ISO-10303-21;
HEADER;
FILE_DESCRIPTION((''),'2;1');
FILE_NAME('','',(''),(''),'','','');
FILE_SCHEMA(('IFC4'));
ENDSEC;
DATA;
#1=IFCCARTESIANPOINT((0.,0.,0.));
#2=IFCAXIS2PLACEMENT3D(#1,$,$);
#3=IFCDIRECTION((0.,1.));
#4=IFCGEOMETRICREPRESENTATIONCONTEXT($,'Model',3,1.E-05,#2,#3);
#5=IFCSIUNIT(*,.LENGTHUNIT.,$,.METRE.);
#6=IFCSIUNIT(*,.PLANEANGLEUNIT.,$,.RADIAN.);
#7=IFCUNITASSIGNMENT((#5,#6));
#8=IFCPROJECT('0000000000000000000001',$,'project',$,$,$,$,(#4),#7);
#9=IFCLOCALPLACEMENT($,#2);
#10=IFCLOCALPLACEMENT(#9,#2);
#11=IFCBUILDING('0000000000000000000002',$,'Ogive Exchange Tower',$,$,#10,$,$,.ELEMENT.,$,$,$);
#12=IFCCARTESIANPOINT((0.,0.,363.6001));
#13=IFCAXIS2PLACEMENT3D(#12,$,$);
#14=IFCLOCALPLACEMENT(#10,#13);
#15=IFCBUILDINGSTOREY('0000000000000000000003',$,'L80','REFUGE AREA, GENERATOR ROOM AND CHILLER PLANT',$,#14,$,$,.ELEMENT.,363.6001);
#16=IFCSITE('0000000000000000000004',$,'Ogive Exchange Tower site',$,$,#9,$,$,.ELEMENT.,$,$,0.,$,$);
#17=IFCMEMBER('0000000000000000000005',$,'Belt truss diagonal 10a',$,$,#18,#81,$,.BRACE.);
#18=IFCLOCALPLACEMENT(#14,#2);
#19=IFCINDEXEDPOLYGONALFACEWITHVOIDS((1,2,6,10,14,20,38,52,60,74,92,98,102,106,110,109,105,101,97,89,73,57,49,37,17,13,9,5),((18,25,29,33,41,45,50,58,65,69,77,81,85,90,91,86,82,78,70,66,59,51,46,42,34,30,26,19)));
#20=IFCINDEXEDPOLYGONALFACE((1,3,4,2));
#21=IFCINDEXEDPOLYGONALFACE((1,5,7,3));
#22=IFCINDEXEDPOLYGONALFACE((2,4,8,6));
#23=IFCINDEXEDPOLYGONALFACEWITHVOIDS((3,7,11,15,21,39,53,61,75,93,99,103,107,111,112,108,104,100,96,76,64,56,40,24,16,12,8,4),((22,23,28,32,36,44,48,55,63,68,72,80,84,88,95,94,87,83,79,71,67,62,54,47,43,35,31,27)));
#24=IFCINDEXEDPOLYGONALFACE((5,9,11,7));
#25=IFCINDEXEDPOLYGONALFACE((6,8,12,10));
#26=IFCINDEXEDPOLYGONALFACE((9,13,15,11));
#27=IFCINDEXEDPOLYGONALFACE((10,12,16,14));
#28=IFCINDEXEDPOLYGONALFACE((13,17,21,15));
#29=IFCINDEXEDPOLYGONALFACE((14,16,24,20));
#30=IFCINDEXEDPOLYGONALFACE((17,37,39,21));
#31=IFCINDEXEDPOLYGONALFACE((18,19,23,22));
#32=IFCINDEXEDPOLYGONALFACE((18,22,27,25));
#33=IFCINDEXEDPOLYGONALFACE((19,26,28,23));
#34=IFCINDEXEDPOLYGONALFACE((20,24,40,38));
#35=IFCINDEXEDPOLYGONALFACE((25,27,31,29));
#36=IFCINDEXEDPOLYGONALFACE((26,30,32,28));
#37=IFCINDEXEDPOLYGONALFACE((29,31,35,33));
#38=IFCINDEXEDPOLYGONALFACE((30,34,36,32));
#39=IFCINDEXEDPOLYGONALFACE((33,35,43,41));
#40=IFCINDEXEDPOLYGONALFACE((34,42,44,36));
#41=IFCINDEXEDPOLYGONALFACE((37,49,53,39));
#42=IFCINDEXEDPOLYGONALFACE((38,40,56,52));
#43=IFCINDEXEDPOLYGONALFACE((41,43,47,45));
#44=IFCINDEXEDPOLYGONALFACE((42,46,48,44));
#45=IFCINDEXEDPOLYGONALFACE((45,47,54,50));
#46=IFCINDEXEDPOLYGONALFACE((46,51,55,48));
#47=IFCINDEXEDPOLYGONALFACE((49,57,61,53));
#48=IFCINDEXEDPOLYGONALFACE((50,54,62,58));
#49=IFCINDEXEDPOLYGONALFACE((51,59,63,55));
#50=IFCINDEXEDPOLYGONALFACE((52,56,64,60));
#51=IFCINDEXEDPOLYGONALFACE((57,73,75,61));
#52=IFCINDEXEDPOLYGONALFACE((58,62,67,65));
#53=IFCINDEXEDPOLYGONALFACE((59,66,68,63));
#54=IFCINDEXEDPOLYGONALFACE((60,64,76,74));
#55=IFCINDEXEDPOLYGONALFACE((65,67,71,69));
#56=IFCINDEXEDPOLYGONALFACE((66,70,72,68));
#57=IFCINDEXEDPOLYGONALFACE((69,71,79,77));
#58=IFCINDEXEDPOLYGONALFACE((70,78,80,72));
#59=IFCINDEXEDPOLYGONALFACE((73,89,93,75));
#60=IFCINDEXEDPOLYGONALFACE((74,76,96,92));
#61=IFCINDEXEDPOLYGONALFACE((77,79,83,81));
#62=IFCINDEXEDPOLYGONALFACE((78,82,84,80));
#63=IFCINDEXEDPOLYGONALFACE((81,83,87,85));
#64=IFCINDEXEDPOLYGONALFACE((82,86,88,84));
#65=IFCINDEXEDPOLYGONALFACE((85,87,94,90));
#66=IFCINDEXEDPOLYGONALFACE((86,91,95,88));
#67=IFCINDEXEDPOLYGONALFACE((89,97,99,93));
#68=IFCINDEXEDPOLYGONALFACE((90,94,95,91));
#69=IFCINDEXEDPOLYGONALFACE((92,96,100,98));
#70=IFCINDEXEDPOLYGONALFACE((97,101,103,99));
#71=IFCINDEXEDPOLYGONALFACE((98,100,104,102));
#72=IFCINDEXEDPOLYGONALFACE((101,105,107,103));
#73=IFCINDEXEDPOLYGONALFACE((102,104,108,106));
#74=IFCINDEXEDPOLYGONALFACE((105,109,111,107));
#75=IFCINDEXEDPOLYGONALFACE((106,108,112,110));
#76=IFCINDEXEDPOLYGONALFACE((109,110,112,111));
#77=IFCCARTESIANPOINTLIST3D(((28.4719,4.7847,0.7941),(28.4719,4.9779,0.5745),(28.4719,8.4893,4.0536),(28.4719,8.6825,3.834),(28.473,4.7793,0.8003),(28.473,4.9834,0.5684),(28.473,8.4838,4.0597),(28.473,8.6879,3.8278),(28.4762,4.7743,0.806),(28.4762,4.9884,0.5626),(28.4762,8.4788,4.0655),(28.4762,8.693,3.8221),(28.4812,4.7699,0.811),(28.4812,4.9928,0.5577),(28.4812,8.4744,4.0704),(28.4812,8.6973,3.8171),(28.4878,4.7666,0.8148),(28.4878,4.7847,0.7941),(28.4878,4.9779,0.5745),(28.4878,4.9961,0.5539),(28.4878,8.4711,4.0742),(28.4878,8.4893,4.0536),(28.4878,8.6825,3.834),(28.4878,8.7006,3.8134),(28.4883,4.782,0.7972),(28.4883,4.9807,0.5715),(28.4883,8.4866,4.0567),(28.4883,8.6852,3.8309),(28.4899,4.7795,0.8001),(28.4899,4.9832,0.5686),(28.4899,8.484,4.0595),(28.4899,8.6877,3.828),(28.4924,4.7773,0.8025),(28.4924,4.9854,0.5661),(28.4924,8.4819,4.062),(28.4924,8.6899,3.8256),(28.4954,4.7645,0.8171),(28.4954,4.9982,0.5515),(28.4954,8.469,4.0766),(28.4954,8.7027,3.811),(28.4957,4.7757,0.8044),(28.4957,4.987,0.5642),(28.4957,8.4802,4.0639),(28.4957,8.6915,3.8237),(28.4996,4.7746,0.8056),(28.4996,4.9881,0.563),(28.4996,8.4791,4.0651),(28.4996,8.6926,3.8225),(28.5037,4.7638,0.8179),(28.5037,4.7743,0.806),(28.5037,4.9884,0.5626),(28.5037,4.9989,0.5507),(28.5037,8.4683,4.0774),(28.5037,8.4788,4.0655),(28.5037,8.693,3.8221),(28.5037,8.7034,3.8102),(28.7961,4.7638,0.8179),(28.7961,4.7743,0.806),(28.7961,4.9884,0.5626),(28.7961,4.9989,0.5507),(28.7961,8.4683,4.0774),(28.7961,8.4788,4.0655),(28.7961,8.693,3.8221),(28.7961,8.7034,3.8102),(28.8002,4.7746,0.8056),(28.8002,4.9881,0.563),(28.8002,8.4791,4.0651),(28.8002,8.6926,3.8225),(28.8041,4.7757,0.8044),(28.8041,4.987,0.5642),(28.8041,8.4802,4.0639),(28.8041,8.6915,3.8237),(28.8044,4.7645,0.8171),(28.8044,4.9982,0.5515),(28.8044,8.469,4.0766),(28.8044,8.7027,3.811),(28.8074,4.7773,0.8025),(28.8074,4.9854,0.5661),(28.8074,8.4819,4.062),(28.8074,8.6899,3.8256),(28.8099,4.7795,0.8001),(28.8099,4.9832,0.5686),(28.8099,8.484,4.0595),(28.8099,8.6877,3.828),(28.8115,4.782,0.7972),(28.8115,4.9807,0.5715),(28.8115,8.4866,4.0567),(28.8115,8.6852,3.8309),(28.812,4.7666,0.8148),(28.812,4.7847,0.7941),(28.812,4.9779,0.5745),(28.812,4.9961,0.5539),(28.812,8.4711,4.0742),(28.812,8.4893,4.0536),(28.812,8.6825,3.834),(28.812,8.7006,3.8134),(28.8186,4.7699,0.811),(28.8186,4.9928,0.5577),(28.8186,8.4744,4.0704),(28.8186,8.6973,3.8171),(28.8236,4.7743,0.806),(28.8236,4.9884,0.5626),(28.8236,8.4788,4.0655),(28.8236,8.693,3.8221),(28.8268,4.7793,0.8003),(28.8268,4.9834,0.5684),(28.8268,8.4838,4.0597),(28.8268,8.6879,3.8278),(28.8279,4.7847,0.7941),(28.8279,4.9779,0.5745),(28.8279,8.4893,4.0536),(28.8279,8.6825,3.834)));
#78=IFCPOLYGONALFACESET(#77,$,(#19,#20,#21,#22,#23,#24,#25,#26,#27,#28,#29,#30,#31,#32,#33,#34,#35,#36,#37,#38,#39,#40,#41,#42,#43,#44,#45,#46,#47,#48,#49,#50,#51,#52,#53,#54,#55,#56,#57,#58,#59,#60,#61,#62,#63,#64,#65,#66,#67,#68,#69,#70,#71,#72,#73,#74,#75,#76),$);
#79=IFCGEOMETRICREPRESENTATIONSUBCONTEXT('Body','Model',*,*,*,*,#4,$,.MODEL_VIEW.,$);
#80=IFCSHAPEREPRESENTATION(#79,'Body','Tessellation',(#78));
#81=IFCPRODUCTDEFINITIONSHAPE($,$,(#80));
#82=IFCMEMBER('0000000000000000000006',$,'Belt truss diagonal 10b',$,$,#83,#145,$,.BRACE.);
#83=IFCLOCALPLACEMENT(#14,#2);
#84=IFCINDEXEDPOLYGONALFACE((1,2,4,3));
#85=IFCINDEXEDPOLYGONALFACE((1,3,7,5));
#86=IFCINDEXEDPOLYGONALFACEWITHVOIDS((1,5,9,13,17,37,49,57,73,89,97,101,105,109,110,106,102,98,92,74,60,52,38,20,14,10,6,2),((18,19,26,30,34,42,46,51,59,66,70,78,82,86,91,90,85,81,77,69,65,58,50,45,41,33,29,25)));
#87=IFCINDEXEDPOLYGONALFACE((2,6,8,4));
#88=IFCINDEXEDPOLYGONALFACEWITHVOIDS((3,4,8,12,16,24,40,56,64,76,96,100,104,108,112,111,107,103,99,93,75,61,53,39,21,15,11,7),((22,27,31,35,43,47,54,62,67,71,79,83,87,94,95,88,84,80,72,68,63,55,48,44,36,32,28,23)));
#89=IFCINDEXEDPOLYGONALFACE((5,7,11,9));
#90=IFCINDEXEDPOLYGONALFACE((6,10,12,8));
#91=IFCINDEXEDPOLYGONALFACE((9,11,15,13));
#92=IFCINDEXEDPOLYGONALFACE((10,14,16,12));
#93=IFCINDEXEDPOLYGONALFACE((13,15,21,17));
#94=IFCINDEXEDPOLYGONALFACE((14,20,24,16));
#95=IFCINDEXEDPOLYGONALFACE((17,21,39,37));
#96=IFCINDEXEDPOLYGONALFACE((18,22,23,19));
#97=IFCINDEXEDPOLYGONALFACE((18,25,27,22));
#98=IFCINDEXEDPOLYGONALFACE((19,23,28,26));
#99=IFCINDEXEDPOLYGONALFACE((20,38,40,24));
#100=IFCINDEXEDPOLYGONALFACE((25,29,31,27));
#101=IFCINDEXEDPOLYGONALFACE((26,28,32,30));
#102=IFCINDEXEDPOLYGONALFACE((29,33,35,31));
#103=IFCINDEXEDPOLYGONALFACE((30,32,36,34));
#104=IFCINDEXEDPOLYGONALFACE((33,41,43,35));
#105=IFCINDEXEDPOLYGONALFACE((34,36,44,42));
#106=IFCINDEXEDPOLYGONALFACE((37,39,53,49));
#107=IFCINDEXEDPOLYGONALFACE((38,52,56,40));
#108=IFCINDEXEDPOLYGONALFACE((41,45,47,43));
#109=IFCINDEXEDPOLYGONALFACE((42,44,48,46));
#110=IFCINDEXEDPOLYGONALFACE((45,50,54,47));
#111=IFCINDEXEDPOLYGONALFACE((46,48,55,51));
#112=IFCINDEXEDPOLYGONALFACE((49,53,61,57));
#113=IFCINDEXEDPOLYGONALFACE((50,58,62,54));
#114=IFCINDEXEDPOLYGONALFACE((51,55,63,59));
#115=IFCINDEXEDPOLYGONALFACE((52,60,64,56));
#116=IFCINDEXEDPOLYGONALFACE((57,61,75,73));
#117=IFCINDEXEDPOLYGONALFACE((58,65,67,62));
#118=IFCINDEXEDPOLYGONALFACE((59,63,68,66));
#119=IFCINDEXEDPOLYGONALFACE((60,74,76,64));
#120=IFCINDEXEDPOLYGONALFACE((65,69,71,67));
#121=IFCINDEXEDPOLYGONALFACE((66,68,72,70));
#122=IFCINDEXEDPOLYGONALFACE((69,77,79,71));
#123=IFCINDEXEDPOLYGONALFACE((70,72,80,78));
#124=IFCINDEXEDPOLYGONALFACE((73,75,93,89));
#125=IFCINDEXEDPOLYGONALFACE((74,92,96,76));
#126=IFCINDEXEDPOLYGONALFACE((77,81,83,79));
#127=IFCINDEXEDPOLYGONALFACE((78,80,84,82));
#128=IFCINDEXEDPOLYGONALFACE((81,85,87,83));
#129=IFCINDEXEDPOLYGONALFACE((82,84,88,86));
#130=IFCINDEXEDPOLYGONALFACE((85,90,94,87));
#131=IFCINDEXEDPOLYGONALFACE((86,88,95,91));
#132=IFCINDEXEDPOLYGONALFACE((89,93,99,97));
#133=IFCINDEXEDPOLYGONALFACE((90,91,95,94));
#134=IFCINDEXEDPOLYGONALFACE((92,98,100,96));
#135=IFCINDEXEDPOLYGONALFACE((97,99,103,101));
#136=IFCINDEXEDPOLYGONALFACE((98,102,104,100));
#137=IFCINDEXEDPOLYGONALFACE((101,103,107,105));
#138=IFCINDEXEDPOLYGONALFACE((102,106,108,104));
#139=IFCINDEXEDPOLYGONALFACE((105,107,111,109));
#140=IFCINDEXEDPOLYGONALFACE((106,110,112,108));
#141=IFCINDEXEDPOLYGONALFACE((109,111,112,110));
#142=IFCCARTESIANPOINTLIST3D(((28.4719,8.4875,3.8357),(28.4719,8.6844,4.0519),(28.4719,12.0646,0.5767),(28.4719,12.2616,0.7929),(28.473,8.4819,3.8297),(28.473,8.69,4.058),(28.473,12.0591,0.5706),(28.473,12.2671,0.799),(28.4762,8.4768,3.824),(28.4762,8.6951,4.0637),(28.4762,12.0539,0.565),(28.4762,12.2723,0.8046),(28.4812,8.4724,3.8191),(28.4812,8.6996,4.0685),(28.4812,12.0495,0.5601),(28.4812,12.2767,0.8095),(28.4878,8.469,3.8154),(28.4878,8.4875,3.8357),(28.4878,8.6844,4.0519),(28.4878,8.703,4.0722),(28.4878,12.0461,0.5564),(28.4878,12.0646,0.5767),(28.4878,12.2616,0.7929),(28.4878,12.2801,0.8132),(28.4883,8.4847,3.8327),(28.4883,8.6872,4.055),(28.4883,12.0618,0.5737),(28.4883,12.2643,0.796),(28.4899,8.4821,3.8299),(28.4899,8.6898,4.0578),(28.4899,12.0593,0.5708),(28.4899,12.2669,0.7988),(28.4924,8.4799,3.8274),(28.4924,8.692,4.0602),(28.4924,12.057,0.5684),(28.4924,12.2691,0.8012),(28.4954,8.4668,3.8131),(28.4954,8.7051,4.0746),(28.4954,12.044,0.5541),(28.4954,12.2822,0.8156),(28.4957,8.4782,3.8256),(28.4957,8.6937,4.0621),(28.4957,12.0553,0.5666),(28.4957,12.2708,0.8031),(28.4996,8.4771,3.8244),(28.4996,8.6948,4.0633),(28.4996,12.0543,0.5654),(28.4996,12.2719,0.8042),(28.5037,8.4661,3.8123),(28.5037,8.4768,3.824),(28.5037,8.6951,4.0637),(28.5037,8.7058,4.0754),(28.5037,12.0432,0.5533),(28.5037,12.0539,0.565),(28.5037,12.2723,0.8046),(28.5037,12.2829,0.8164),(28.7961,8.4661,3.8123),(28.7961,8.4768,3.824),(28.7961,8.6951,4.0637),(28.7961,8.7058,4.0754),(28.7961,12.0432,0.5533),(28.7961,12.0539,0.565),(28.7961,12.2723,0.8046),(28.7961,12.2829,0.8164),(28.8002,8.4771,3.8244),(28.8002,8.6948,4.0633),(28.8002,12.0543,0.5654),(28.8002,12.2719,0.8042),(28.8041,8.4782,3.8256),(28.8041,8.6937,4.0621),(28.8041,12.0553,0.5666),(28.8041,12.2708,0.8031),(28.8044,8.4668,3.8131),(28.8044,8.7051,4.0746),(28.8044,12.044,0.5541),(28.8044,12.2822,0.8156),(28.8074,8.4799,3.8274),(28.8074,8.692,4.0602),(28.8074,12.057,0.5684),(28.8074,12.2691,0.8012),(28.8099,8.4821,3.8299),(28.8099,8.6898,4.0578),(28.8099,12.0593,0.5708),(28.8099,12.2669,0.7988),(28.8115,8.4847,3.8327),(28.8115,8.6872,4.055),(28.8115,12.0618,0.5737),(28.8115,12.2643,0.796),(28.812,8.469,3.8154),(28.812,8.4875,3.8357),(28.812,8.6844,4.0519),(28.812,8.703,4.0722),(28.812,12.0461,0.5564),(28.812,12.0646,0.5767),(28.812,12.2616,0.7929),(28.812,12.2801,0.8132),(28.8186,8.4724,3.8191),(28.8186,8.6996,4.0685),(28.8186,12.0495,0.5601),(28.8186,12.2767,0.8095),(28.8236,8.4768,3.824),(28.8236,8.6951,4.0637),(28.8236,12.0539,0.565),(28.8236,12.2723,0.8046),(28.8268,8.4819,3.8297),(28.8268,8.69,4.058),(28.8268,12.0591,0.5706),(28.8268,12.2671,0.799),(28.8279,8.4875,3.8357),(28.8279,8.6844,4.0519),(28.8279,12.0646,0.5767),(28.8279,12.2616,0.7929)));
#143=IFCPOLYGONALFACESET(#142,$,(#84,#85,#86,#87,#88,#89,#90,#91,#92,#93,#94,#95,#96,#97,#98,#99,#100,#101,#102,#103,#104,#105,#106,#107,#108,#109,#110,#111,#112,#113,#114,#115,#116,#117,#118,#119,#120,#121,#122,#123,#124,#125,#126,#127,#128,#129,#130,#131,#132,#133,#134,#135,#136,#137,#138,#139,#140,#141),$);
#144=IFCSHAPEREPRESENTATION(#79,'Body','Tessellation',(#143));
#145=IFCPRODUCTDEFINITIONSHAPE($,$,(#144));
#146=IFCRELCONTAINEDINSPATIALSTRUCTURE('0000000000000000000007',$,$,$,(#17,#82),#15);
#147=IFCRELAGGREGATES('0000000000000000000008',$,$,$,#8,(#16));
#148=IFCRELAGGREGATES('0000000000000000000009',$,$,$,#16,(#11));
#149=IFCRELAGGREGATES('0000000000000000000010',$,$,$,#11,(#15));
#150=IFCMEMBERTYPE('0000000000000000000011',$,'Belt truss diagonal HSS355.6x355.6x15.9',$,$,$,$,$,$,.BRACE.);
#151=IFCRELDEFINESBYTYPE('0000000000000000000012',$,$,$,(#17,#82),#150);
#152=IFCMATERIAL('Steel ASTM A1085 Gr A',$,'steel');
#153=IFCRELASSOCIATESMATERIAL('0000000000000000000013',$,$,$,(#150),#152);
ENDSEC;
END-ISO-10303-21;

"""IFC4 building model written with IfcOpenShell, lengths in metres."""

from ifc_helpers import new_model, si_unit, direction, frame, origin, origin_2d, place, context, subcontext, project, spatial, hollow_rectangle, extrude, material, material_profile, profile_set, type_object, element, save


model = new_model("IFC4")

# Units and contexts
model_context = context("Model", 3, precision=1e-05, world=origin(), true_north=direction((0.0, 1.0)))
body_context = subcontext(model_context, "Body", "Model", "MODEL_VIEW")
ifc_project = project(units=[si_unit("LENGTHUNIT", "METRE"), si_unit("PLANEANGLEUNIT", "RADIAN")], contexts=[model_context])

# Site, building, storey
site_placement = place(None, origin())
site = spatial("IfcSite", under=ifc_project, at=site_placement, Name="Ogive Exchange Tower site", CompositionType="ELEMENT", RefElevation=0.0)
building_placement = place(site_placement, origin())
building = spatial("IfcBuilding", under=site, at=building_placement, Name="Ogive Exchange Tower", CompositionType="ELEMENT")
storey_placement = place(building_placement, frame((0.0, 0.0, 363.6001)))
storey = spatial("IfcBuildingStorey", under=building, at=storey_placement, Name="L80", Description="REFUGE AREA, GENERATOR ROOM AND CHILLER PLANT", CompositionType="ELEMENT", Elevation=363.6001)

# Members
ifc_material_1 = material(Name="Steel ASTM A1085 Gr A", Category="steel")
ifc_material_profile_1 = material_profile(ifc_material_1, hollow_rectangle(XDim=0.356, YDim=0.356, WallThickness=0.0159, InnerFilletRadius=0.0159, OuterFilletRadius=0.0317, at=origin_2d()), Name="HSS355.6x355.6x15.9")
ifc_profile_set_1 = profile_set([ifc_material_profile_1], Name="Steel ASTM A1085 Gr A")
member_type = type_object("IfcMemberType", Name="Belt truss diagonal HSS355.6x355.6x15.9", PredefinedType="BRACE", material=ifc_profile_set_1)
member_1_placement = place(storey_placement, frame((28.6499, 4.8813, 0.6843), z_axis=(0.0, 0.750766, 0.660569), x_axis=(-1.0, 0.0, 0.0)))
element("IfcMember", 1, at=member_1_placement, inside=storey, type_object=member_type, Name="Belt truss diagonal 10a", PredefinedType="BRACE", context=body_context, shape_type="SweptSolid", body=[
    extrude(hollow_rectangle(XDim=0.356, YDim=0.356, WallThickness=0.0159, InnerFilletRadius=0.0159, OuterFilletRadius=0.0317, at=origin_2d()), origin(), (0.0, 0.0, 1.0), 4.9343),
])
member_2_placement = place(storey_placement, frame((28.6499, 12.1631, 0.6848), z_axis=(0.0, -0.739211, 0.673473), x_axis=(1.0, 0.0, 0.0)))
element("IfcMember", 2, at=member_2_placement, inside=storey, type_object=member_type, Name="Belt truss diagonal 10b", PredefinedType="BRACE", context=body_context, shape_type="SweptSolid", body=[
    extrude(hollow_rectangle(XDim=0.356, YDim=0.356, WallThickness=0.0159, InnerFilletRadius=0.0159, OuterFilletRadius=0.0317, at=origin_2d()), origin(), (0.0, 0.0, 1.0), 4.8391),
])

save(model, "model.ifc")
